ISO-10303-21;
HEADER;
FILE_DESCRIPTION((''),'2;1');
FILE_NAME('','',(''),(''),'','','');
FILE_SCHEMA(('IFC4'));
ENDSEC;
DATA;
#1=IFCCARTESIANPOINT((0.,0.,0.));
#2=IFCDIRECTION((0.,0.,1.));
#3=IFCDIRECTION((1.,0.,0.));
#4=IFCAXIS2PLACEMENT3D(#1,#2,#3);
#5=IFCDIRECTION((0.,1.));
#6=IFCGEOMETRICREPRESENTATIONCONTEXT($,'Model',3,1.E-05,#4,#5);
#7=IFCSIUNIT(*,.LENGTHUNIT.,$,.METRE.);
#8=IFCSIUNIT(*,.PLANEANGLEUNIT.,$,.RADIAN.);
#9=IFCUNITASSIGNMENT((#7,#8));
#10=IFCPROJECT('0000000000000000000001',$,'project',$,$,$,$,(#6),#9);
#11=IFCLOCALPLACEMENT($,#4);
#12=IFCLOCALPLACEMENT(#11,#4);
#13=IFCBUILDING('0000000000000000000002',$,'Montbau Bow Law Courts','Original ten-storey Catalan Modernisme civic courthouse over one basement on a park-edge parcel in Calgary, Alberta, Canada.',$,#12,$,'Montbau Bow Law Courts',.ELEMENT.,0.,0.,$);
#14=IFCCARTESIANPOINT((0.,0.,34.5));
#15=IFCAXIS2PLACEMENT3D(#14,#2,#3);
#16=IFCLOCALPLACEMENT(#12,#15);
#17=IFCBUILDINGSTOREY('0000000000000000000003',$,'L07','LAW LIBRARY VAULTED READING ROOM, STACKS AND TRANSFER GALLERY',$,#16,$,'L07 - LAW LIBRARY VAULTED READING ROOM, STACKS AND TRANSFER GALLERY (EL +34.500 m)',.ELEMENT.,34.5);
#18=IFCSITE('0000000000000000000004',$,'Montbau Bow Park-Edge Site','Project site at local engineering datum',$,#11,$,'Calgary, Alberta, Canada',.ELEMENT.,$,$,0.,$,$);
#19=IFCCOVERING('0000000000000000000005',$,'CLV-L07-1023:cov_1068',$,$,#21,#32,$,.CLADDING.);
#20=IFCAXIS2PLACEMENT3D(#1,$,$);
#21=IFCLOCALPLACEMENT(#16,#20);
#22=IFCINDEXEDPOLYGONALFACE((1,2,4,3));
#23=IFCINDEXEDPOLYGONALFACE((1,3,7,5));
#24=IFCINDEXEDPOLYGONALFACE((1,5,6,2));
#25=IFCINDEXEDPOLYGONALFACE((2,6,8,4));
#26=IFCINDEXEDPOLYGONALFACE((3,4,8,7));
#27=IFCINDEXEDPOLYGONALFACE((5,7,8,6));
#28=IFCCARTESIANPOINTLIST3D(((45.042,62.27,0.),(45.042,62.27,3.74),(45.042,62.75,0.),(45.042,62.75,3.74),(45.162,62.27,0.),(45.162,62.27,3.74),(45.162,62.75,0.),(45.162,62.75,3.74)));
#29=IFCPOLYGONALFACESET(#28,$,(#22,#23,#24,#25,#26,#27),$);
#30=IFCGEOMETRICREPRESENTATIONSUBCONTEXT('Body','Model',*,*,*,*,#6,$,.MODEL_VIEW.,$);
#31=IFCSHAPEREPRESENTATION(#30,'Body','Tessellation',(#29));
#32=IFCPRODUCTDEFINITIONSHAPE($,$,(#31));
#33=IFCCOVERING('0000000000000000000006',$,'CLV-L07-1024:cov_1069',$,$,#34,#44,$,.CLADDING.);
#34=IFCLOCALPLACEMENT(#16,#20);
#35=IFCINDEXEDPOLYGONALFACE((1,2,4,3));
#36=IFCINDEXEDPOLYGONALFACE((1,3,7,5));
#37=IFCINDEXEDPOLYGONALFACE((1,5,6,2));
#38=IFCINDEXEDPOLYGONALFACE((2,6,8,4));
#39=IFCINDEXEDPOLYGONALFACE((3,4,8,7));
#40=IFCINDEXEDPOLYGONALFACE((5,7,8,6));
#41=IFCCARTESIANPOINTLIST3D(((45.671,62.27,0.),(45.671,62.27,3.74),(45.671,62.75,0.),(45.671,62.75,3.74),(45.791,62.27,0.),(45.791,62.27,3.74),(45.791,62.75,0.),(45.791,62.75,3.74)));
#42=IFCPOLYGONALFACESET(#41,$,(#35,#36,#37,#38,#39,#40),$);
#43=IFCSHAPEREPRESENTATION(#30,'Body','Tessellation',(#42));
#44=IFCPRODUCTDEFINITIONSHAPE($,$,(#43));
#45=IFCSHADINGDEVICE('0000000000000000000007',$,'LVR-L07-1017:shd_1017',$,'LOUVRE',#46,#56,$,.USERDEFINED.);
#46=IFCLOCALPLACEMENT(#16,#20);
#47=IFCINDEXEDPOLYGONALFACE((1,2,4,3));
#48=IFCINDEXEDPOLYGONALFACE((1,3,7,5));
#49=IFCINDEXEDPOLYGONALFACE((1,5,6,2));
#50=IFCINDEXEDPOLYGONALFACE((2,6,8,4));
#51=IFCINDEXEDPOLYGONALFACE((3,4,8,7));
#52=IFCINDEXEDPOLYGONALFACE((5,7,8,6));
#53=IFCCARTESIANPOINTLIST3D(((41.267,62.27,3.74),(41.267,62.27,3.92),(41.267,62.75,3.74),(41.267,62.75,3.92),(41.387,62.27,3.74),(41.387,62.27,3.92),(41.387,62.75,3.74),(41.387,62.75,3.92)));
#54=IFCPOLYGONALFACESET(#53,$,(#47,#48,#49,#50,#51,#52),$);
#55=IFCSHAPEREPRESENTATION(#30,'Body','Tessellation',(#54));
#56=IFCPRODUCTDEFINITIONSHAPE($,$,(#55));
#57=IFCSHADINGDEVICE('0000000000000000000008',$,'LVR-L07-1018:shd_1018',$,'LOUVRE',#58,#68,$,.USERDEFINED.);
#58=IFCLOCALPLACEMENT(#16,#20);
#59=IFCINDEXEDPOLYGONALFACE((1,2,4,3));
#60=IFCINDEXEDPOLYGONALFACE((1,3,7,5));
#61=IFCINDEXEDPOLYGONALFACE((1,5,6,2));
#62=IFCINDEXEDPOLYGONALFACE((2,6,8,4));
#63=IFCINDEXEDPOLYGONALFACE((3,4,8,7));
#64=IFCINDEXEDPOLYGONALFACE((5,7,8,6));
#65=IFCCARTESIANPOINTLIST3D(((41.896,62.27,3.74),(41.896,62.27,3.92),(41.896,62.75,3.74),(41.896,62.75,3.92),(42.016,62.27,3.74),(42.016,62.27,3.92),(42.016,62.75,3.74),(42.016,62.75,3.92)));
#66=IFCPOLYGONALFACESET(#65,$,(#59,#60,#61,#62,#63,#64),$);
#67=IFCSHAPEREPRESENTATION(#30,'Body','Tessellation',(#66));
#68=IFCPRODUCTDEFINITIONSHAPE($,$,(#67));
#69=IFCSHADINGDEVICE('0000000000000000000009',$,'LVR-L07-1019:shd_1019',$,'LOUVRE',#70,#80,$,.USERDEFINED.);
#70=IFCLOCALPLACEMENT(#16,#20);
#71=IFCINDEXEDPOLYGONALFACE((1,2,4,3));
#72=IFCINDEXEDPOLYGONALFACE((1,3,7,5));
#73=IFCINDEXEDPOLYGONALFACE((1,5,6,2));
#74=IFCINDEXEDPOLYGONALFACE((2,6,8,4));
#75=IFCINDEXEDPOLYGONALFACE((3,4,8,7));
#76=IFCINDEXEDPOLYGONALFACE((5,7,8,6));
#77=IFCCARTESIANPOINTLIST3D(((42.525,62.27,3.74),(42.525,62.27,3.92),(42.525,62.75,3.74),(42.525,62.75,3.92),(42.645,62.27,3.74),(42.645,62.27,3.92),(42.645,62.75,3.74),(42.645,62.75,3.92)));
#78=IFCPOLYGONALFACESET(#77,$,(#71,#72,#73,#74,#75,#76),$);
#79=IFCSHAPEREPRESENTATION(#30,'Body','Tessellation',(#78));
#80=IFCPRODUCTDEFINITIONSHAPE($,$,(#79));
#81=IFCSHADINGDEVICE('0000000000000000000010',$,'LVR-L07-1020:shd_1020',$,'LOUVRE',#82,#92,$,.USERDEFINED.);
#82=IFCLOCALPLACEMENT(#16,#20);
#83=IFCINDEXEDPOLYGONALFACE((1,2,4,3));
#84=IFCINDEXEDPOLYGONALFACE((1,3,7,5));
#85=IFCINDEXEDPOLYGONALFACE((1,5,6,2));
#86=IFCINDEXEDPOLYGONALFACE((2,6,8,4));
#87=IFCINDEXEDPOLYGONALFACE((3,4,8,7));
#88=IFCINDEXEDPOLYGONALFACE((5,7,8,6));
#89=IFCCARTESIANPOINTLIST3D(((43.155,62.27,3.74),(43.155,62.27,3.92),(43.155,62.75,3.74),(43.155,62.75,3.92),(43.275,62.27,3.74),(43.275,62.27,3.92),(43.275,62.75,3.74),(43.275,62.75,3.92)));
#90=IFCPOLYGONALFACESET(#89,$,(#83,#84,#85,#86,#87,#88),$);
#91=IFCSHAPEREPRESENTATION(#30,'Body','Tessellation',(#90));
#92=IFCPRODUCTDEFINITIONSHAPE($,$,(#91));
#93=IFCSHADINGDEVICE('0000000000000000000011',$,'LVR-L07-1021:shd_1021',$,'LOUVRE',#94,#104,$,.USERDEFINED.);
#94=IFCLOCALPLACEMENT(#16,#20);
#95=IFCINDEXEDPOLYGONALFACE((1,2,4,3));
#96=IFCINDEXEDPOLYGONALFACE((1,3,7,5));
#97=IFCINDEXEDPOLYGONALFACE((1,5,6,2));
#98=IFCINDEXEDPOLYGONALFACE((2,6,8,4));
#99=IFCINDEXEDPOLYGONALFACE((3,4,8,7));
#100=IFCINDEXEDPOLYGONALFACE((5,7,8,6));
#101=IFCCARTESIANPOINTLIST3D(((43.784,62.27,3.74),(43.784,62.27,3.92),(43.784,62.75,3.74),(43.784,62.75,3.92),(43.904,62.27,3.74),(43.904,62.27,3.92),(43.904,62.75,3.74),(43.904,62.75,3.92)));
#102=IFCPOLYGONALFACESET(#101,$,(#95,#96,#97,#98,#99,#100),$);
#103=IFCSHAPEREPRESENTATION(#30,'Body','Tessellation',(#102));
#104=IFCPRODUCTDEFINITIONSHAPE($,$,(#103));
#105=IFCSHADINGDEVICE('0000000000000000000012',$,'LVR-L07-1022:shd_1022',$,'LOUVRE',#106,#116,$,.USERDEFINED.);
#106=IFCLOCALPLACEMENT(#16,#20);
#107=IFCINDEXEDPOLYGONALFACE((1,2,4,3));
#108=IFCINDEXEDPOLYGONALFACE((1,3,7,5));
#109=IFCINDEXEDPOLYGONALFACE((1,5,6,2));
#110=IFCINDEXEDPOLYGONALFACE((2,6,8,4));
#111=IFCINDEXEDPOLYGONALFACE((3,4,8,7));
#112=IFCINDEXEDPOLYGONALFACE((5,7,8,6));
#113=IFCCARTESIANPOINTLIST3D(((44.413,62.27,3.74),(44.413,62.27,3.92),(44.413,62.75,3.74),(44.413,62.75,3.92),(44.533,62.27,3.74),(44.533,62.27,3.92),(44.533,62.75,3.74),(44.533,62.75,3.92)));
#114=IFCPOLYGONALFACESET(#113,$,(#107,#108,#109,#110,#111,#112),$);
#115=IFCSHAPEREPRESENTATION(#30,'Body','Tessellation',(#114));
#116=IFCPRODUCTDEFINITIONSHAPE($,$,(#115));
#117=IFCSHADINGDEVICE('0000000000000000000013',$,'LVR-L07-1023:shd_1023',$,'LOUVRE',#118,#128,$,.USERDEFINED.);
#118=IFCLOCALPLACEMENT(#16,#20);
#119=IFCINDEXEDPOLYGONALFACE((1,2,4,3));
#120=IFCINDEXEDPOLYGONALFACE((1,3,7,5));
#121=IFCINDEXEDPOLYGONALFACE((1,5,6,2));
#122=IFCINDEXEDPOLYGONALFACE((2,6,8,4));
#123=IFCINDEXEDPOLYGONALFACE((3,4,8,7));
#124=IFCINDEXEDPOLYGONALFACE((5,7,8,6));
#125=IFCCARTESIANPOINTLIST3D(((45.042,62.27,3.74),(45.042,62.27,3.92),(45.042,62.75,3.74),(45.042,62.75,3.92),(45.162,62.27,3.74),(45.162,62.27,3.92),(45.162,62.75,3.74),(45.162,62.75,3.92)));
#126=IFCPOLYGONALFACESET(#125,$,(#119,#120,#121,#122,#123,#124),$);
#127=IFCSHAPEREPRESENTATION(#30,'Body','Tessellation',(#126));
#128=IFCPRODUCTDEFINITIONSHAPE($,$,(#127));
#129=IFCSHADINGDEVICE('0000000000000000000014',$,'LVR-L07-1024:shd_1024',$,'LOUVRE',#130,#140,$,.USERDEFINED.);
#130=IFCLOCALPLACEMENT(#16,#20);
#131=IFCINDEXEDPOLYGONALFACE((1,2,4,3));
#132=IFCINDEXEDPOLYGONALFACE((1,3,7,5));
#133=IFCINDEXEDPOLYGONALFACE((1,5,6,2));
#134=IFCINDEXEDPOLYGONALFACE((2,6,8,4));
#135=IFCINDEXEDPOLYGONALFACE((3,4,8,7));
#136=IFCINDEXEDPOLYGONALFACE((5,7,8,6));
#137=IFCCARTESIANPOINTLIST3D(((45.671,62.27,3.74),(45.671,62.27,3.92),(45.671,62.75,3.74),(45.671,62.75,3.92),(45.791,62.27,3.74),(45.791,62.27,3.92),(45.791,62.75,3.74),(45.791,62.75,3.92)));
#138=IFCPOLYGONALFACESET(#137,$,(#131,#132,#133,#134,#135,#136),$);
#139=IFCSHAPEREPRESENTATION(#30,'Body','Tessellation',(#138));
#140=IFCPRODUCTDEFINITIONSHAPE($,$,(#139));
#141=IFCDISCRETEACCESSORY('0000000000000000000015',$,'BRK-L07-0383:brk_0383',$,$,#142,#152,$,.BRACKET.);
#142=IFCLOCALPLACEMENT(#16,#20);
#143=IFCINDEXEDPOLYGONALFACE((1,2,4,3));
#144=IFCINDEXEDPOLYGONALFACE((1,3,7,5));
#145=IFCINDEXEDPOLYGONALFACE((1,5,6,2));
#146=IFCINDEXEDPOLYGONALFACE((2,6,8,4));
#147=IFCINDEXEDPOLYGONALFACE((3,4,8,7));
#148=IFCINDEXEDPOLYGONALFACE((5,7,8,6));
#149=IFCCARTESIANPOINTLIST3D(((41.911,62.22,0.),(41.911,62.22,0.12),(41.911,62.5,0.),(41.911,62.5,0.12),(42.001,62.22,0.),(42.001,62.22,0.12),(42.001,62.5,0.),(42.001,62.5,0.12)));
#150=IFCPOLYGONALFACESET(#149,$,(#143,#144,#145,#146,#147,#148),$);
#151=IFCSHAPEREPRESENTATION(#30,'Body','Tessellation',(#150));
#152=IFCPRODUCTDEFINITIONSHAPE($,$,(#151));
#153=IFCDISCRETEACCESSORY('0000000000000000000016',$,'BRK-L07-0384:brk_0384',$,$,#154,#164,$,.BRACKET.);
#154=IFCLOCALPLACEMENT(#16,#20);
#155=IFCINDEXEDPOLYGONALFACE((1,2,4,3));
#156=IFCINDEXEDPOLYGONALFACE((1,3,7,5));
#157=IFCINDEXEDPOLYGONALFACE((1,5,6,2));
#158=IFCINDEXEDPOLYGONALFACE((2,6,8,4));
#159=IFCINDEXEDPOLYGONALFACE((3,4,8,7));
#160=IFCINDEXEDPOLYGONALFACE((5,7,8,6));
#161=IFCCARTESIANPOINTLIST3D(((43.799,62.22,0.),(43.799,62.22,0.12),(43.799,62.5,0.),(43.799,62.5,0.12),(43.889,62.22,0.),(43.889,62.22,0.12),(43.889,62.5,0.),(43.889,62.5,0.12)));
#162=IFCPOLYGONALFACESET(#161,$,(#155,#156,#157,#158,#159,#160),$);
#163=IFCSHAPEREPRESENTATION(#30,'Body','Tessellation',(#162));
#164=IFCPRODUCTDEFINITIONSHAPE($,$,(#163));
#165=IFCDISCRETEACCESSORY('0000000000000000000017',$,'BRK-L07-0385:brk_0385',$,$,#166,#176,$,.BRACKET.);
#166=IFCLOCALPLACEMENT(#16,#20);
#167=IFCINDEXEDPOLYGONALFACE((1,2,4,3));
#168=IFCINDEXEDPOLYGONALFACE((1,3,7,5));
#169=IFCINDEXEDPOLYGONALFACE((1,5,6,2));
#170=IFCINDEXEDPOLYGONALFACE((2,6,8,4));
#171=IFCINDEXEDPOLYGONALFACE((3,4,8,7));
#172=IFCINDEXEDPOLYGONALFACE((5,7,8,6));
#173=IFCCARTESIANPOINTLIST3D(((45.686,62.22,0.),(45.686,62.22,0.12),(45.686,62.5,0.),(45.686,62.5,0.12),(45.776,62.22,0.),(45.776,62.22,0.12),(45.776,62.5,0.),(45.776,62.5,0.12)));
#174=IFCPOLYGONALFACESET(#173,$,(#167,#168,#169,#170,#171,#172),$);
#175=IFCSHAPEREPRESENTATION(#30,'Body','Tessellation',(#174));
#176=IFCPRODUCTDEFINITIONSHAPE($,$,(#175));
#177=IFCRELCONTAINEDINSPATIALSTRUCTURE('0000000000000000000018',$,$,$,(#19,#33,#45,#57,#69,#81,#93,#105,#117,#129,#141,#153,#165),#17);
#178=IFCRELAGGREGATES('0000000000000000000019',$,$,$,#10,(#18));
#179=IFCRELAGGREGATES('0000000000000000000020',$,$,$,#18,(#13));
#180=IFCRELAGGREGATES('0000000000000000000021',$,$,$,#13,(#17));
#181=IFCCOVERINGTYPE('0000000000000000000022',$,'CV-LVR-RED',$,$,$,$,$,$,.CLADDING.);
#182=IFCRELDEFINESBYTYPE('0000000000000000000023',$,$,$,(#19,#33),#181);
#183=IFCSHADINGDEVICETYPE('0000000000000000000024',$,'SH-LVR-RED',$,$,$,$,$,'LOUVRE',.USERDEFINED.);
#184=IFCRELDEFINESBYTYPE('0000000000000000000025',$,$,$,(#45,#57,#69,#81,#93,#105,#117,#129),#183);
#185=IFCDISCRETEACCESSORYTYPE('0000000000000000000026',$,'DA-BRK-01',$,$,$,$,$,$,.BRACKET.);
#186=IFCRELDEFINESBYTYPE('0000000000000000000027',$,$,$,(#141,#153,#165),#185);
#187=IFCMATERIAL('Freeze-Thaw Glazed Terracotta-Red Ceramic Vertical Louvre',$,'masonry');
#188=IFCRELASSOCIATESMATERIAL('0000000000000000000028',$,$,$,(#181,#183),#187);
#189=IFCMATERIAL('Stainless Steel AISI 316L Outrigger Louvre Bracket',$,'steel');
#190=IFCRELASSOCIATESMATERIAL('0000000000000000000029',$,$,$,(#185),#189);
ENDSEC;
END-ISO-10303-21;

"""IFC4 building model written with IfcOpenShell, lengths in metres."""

from ifc_helpers import new_model, si_unit, direction, frame, frame_2d, origin_with_axes, origin_2d_with_axis, place, context, subcontext, project, spatial, rectangle, extrude, material, type_object, element, save


model = new_model("IFC4")

# Units and contexts
model_context = context("Model", 3, precision=1e-05, world=origin_with_axes(), true_north=direction((0.0, 1.0)))
body_context = subcontext(model_context, "Body", "Model", "MODEL_VIEW")
ifc_project = project(units=[si_unit("LENGTHUNIT", "METRE"), si_unit("PLANEANGLEUNIT", "RADIAN")], contexts=[model_context])

# Site, building, storey
site_placement = place(None, origin_with_axes())
site = spatial("IfcSite", under=ifc_project, at=site_placement, Name="Montbau Bow Park-Edge Site", Description="Project site at local engineering datum", LongName="Calgary, Alberta, Canada", CompositionType="ELEMENT", RefElevation=0.0)
building_placement = place(site_placement, origin_with_axes())
building = spatial("IfcBuilding", under=site, at=building_placement, Name="Montbau Bow Law Courts", Description="Original ten-storey Catalan Modernisme civic courthouse over one basement on a park-edge parcel in Calgary, Alberta, Canada.", LongName="Montbau Bow Law Courts", CompositionType="ELEMENT", ElevationOfRefHeight=0.0, ElevationOfTerrain=0.0)
storey_placement = place(building_placement, frame((0.0, 0.0, 34.5), z_axis=(0.0, 0.0, 1.0), x_axis=(1.0, 0.0, 0.0)))
storey = spatial("IfcBuildingStorey", under=building, at=storey_placement, Name="L07", Description="LAW LIBRARY VAULTED READING ROOM, STACKS AND TRANSFER GALLERY", LongName="L07 - LAW LIBRARY VAULTED READING ROOM, STACKS AND TRANSFER GALLERY (EL +34.500 m)", CompositionType="ELEMENT", Elevation=34.5)

# Coverings
ifc_material_1 = material(Name="Freeze-Thaw Glazed Terracotta-Red Ceramic Vertical Louvre", Category="masonry")
covering_type = type_object("IfcCoveringType", Name="CV-LVR-RED", PredefinedType="CLADDING", material=ifc_material_1)
for number, where, z_axis, x_axis, name in (
    (1, (45.102, 62.27, 34.5), (1.0, 0.0, 0.0), (0.0, 1.0, 0.0), "CLV-L07-1023:cov_1068"),
    (2, (45.731, 62.27, 34.5), (1.0, 0.0, 0.0), (0.0, 1.0, 0.0), "CLV-L07-1024:cov_1069"),
):
    element("IfcCovering", number, at=place(None, frame(where, z_axis=z_axis, x_axis=x_axis)), inside=storey, type_object=covering_type, Name=name, PredefinedType="CLADDING", context=body_context, shape_type="SweptSolid", body=[
        extrude(rectangle(XDim=0.48, YDim=3.74, at=frame_2d((0.24, 1.87), x_axis=(1.0, 0.0))), frame((0.0, 0.0, -0.06), z_axis=(0.0, 0.0, 1.0), x_axis=(1.0, 0.0, 0.0)), (0.0, 0.0, 1.0), 0.12),
    ])

# Shading devices
shading_device_type = type_object("IfcShadingDeviceType", Name="SH-LVR-RED", ElementType="LOUVRE", PredefinedType="USERDEFINED", material=ifc_material_1)
for number, where, z_axis, x_axis, name in (
    (3, (41.327, 62.51, 38.24), (0.0, 0.0, 1.0), (0.0, 1.0, 0.0), "LVR-L07-1017:shd_1017"),
    (4, (41.956, 62.51, 38.24), (0.0, 0.0, 1.0), (0.0, 1.0, 0.0), "LVR-L07-1018:shd_1018"),
    (5, (42.585, 62.51, 38.24), (0.0, 0.0, 1.0), (0.0, 1.0, 0.0), "LVR-L07-1019:shd_1019"),
    (6, (43.215, 62.51, 38.24), (0.0, 0.0, 1.0), (0.0, 1.0, 0.0), "LVR-L07-1020:shd_1020"),
    (7, (43.844, 62.51, 38.24), (0.0, 0.0, 1.0), (0.0, 1.0, 0.0), "LVR-L07-1021:shd_1021"),
    (8, (44.473, 62.51, 38.24), (0.0, 0.0, 1.0), (0.0, 1.0, 0.0), "LVR-L07-1022:shd_1022"),
    (9, (45.102, 62.51, 38.24), (0.0, 0.0, 1.0), (0.0, 1.0, 0.0), "LVR-L07-1023:shd_1023"),
    (10, (45.731, 62.51, 38.24), (0.0, 0.0, 1.0), (0.0, 1.0, 0.0), "LVR-L07-1024:shd_1024"),
):
    element("IfcShadingDevice", number, at=place(None, frame(where, z_axis=z_axis, x_axis=x_axis)), inside=storey, type_object=shading_device_type, Name=name, ObjectType="LOUVRE", PredefinedType="USERDEFINED", context=body_context, shape_type="SweptSolid", body=[
        extrude(rectangle(XDim=0.48, YDim=0.12, at=origin_2d_with_axis()), origin_with_axes(), (0.0, 0.0, 1.0), 0.18),
    ])

# Discrete accessories
ifc_material_2 = material(Name="Stainless Steel AISI 316L Outrigger Louvre Bracket", Category="steel")
discrete_accessory_type = type_object("IfcDiscreteAccessoryType", Name="DA-BRK-01", PredefinedType="BRACKET", material=ifc_material_2)
for number, where, z_axis, x_axis, name in (
    (11, (41.956, 62.36, 34.5), (0.0, 0.0, 1.0), (0.0, 1.0, 0.0), "BRK-L07-0383:brk_0383"),
    (12, (43.844, 62.36, 34.5), (0.0, 0.0, 1.0), (0.0, 1.0, 0.0), "BRK-L07-0384:brk_0384"),
    (13, (45.731, 62.36, 34.5), (0.0, 0.0, 1.0), (0.0, 1.0, 0.0), "BRK-L07-0385:brk_0385"),
):
    element("IfcDiscreteAccessory", number, at=place(None, frame(where, z_axis=z_axis, x_axis=x_axis)), inside=storey, type_object=discrete_accessory_type, Name=name, PredefinedType="BRACKET", context=body_context, shape_type="SweptSolid", body=[
        extrude(rectangle(XDim=0.28, YDim=0.09, at=origin_2d_with_axis()), origin_with_axes(), (0.0, 0.0, 1.0), 0.12),
    ])

save(model, "model.ifc")
